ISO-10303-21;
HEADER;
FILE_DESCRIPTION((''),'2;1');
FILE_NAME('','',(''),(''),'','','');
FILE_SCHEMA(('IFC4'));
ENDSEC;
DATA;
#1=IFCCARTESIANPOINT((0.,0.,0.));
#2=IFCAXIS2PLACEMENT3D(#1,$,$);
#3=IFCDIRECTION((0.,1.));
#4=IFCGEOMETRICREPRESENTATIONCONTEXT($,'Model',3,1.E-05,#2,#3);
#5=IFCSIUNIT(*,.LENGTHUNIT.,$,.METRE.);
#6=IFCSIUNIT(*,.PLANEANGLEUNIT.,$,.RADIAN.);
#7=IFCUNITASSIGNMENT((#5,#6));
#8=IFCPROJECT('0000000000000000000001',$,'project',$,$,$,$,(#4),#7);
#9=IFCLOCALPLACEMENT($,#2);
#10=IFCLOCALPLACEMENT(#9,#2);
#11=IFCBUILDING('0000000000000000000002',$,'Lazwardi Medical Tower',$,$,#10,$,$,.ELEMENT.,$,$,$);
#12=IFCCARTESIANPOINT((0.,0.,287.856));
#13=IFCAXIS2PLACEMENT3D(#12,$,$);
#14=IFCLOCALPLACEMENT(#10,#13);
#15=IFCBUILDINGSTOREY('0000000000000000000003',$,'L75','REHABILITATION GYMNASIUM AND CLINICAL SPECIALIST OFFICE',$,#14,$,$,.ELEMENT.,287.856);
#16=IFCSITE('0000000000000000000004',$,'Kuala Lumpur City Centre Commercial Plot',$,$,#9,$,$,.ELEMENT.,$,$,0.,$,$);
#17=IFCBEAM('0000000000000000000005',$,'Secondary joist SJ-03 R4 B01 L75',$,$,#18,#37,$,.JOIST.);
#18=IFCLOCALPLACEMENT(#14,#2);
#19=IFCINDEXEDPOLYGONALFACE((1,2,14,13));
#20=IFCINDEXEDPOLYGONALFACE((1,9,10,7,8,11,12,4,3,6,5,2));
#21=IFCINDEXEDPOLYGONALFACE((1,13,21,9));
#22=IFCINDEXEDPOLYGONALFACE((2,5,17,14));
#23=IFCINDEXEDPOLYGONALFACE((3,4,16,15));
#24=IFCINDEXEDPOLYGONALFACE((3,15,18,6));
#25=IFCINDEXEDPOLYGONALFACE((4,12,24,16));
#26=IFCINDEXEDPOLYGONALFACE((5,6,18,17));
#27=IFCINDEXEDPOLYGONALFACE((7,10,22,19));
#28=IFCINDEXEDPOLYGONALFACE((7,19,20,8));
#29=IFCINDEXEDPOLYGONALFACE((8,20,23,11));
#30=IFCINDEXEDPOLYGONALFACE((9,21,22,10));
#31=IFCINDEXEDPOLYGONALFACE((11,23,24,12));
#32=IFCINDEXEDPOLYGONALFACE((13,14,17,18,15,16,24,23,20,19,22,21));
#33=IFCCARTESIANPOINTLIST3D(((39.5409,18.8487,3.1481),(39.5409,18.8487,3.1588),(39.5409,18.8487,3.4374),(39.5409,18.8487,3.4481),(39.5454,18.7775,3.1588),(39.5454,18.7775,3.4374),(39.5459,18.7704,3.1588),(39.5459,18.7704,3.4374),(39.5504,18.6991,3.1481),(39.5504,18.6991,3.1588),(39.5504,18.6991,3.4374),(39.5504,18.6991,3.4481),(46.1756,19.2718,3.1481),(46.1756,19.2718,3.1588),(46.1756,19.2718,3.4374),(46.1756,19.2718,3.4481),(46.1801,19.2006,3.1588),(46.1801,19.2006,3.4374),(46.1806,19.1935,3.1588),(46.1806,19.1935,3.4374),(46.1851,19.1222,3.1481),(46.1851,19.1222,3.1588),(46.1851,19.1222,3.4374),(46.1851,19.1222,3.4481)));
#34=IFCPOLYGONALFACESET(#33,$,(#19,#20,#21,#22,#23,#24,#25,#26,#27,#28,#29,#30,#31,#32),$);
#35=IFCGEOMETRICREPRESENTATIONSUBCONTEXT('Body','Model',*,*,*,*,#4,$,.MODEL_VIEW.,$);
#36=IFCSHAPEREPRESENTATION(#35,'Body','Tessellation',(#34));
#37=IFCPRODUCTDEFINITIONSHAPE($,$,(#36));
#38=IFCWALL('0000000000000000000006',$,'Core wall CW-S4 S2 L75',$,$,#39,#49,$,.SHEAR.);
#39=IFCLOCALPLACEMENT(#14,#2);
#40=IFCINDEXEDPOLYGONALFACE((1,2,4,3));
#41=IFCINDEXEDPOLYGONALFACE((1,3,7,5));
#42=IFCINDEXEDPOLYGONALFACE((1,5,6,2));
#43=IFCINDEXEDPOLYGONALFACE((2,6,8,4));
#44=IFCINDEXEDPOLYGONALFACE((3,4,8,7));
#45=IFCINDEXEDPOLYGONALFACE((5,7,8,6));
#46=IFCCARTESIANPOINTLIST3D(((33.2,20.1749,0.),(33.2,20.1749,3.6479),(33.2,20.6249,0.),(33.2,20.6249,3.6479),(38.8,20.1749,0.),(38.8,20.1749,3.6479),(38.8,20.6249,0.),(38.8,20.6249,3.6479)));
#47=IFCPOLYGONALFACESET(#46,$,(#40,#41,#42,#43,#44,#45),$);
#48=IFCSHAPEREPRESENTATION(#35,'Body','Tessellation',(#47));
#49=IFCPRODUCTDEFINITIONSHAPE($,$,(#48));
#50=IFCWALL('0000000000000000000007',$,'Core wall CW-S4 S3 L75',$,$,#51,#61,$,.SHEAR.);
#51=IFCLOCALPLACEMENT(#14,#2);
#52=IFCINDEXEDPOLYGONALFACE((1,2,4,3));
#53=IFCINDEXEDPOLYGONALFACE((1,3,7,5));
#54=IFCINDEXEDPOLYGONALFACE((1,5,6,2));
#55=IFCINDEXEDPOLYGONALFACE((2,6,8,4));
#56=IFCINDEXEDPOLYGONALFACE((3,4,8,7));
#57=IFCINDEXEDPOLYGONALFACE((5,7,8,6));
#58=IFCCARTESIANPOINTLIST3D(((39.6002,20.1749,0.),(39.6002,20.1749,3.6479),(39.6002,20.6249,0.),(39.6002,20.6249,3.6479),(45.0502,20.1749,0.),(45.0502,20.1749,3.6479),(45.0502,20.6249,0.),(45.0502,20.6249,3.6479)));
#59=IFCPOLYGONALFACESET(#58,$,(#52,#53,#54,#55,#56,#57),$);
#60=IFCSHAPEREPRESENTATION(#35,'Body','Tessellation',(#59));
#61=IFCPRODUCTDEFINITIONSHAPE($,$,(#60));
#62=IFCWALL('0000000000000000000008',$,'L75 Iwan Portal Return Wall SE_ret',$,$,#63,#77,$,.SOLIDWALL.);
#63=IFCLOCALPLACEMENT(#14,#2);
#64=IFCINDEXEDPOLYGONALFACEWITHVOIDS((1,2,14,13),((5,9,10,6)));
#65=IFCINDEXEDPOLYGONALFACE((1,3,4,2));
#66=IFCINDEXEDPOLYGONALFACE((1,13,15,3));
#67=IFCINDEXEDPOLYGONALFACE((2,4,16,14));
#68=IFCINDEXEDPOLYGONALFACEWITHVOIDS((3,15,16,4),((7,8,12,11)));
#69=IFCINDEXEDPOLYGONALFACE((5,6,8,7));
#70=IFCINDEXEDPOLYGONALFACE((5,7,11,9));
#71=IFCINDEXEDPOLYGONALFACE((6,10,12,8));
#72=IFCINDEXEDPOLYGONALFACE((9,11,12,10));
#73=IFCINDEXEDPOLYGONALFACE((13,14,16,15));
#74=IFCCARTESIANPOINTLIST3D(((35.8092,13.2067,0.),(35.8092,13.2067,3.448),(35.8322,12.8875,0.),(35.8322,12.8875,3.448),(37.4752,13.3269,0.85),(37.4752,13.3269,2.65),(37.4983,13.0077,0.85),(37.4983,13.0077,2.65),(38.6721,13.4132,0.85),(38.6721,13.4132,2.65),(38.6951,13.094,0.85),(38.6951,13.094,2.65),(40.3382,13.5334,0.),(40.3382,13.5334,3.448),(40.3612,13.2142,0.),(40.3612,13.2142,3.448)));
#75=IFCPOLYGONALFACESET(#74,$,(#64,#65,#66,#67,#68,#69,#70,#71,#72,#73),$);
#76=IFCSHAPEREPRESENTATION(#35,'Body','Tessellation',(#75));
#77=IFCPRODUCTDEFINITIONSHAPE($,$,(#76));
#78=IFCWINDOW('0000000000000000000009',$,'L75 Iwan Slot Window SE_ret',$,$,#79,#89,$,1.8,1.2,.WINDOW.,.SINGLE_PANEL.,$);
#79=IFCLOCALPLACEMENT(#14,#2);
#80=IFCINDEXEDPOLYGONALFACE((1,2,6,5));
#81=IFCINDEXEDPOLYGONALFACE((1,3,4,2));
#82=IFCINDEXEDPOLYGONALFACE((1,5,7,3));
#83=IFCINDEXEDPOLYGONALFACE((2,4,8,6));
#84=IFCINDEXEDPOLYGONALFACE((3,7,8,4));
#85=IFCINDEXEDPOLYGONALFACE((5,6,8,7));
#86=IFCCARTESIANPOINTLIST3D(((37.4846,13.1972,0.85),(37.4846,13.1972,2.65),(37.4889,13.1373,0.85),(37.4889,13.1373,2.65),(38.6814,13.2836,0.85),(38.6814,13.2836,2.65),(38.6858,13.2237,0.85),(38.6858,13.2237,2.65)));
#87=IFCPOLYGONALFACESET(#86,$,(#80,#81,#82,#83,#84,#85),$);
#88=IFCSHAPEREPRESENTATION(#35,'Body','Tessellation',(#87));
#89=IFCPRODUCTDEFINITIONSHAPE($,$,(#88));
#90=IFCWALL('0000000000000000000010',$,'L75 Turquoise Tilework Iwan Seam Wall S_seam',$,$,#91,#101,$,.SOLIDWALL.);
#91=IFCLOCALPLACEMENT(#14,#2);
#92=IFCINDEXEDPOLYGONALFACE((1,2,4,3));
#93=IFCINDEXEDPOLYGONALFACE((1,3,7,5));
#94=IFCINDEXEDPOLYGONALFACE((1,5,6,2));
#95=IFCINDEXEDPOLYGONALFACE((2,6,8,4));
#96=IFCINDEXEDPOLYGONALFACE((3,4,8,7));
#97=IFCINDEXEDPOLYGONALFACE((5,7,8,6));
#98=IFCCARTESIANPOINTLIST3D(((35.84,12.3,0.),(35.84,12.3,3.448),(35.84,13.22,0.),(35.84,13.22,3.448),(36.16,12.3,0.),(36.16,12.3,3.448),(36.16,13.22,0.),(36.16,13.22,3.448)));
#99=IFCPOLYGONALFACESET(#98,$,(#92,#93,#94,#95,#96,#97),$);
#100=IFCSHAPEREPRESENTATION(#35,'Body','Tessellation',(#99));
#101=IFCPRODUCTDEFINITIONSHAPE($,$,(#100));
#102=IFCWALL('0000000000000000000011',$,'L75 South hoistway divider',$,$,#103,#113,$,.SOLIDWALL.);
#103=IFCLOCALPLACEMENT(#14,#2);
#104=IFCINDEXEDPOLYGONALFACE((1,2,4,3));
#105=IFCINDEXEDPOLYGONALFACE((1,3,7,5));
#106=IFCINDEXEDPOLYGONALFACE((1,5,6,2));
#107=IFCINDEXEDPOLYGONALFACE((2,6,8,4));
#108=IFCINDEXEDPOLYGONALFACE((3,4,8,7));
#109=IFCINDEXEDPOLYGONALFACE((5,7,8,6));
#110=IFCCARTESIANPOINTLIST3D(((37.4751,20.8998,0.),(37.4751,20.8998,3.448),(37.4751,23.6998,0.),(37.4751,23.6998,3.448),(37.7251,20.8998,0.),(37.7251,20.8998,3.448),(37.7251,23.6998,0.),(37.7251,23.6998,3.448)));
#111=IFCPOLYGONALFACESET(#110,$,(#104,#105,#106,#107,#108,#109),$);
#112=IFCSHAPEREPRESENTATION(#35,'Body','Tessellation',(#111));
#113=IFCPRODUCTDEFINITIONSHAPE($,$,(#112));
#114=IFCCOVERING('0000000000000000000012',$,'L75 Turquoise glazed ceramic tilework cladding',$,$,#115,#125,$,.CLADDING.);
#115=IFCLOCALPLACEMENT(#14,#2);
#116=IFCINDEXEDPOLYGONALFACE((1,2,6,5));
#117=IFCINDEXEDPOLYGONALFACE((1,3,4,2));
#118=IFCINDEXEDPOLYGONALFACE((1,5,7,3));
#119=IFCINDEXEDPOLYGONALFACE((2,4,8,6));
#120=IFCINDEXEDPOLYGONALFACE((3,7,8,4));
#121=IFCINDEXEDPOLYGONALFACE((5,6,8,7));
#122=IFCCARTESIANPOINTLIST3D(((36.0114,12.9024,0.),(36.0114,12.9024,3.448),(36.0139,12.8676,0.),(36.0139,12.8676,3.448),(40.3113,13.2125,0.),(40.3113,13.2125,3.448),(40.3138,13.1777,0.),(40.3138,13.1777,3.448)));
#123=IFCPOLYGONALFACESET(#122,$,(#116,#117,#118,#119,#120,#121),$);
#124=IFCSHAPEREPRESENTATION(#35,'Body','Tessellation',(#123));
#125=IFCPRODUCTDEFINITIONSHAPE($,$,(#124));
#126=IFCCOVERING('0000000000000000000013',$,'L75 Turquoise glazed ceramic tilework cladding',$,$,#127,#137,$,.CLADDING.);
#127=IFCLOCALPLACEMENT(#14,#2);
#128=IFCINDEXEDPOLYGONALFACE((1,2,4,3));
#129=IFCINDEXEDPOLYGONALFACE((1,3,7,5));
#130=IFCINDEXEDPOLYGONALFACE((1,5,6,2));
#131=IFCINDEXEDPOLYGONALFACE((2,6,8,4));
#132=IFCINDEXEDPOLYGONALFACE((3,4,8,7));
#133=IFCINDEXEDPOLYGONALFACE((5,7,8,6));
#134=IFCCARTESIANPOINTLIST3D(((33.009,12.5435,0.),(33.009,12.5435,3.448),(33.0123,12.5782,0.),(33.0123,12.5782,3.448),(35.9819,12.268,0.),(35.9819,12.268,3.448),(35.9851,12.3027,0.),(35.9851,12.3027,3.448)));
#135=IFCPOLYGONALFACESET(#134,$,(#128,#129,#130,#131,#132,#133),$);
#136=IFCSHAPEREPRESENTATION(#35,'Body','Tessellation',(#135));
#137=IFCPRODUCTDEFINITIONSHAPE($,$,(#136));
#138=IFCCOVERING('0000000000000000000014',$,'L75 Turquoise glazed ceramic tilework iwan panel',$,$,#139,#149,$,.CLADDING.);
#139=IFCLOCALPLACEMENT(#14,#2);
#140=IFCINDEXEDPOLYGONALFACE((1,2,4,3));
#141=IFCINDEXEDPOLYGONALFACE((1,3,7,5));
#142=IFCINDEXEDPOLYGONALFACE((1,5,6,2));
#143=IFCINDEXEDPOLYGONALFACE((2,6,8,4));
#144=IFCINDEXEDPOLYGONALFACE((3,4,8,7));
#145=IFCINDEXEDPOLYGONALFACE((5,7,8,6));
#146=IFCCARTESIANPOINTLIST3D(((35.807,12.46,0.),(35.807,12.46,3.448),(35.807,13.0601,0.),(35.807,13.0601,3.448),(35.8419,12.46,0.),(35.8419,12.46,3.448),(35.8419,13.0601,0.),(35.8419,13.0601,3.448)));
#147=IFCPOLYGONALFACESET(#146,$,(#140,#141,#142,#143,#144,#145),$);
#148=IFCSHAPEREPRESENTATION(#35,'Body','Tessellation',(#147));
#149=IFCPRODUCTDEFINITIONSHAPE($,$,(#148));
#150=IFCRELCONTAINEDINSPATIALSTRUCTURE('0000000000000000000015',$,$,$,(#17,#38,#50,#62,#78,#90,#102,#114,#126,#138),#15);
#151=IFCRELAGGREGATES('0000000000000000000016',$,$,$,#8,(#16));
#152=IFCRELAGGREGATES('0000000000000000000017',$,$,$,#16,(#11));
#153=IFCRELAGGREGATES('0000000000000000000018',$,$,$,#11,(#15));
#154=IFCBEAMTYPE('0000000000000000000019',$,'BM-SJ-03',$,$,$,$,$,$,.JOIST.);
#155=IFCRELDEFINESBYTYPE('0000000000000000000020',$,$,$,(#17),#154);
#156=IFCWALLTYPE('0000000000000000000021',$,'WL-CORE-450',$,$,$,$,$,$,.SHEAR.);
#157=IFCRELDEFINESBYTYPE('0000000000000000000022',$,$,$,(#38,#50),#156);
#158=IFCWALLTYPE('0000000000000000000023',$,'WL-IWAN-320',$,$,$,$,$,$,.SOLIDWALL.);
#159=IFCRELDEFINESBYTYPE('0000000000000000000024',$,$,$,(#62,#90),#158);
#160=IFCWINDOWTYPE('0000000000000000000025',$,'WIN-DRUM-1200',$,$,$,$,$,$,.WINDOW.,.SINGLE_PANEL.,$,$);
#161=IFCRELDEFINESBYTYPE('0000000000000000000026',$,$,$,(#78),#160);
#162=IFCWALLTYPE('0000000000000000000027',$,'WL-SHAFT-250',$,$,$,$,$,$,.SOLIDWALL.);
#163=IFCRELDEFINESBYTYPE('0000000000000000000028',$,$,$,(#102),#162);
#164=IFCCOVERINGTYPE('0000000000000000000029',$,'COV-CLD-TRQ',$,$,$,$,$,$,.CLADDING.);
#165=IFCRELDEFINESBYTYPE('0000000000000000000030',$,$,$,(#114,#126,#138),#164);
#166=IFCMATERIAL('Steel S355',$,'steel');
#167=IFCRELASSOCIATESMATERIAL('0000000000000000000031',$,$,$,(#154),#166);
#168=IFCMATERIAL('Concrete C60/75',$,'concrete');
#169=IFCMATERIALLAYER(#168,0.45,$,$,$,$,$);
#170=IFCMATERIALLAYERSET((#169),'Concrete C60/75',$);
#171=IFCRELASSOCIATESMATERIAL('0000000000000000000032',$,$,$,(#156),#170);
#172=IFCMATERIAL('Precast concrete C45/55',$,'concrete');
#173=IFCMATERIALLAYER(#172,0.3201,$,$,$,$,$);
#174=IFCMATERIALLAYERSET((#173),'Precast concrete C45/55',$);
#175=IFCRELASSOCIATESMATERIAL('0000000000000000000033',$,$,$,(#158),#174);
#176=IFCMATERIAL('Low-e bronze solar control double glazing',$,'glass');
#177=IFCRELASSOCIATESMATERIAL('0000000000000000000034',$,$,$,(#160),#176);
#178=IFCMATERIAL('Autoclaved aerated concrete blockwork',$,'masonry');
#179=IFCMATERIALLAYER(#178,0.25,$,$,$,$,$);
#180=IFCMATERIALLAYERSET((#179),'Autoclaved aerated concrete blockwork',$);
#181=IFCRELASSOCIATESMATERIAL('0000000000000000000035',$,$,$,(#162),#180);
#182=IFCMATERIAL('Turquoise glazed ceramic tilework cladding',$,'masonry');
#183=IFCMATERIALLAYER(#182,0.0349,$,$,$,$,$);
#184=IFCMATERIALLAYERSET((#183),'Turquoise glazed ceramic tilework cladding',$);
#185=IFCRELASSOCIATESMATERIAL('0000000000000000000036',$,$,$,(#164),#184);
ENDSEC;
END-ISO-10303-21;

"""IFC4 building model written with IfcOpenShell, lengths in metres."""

from ifc_helpers import new_model, si_unit, direction, frame, frame_2d, origin, origin_2d, place, context, subcontext, project, spatial, rectangle, i_section, extrude, material, layer, layer_set, material_profile, profile_set, type_object, element, fill, save


model = new_model("IFC4")

# Units and contexts
model_context = context("Model", 3, precision=1e-05, world=origin(), true_north=direction((0.0, 1.0)))
body_context = subcontext(model_context, "Body", "Model", "MODEL_VIEW")
ifc_project = project(units=[si_unit("LENGTHUNIT", "METRE"), si_unit("PLANEANGLEUNIT", "RADIAN")], contexts=[model_context])

# Site, building, storey
site_placement = place(None, origin())
site = spatial("IfcSite", under=ifc_project, at=site_placement, Name="Kuala Lumpur City Centre Commercial Plot", CompositionType="ELEMENT", RefElevation=0.0)
building_placement = place(site_placement, origin())
building = spatial("IfcBuilding", under=site, at=building_placement, Name="Lazwardi Medical Tower", CompositionType="ELEMENT")
storey_placement = place(building_placement, frame((0.0, 0.0, 287.856)))
storey = spatial("IfcBuildingStorey", under=building, at=storey_placement, Name="L75", Description="REHABILITATION GYMNASIUM AND CLINICAL SPECIALIST OFFICE", CompositionType="ELEMENT", Elevation=287.856)

# Shared definitions
ifc_material_1 = material(Name="Concrete C60/75", Category="concrete")

# Beam
ifc_material_2 = material(Name="Steel S355", Category="steel")
ifc_material_profile_1 = material_profile(ifc_material_2, i_section(OverallWidth=0.1499, OverallDepth=0.3, WebThickness=0.0071, FlangeThickness=0.0107, at=origin_2d()), Name="IPE 300")
ifc_profile_set_1 = profile_set([ifc_material_profile_1], Name="Steel S355")
beam_type_1 = type_object("IfcBeamType", Name="BM-SJ-03", PredefinedType="JOIST", material=ifc_profile_set_1)
beam_1_placement = place(storey_placement, frame((39.5457, 18.7739, 3.2981), z_axis=(0.997973, 0.06364, 0.0), x_axis=(-0.06364, 0.997973, 0.0)))
element("IfcBeam", 1, at=beam_1_placement, inside=storey, type_object=beam_type_1, Name="Secondary joist SJ-03 R4 B01 L75", PredefinedType="JOIST", context=body_context, shape_type="SweptSolid", body=[
    extrude(i_section(OverallWidth=0.1499, OverallDepth=0.3, WebThickness=0.0071, FlangeThickness=0.0107, at=origin_2d()), origin(), (0.0, 0.0, 1.0), 6.6482),
])

# Walls
ifc_layer_1 = layer(ifc_material_1, 0.45)
ifc_layer_set_1 = layer_set([ifc_layer_1], Name="Concrete C60/75")
wall_type_1 = type_object("IfcWallType", Name="WL-CORE-450", PredefinedType="SHEAR", material=ifc_layer_set_1)
wall_1_placement = place(storey_placement, frame((33.2, 20.3999, 0.0), z_axis=(0.0, 0.0, 1.0), x_axis=(1.0, 0.0, 0.0)))
element("IfcWall", 2, at=wall_1_placement, inside=storey, type_object=wall_type_1, Name="Core wall CW-S4 S2 L75", PredefinedType="SHEAR", context=body_context, shape_type="SweptSolid", body=[
    extrude(rectangle(XDim=5.6001, YDim=0.45, at=frame_2d((2.8, 0.0))), origin(), (0.0, 0.0, 1.0), 3.6479),
])
wall_2_placement = place(storey_placement, frame((39.6001, 20.3999, 0.0), z_axis=(0.0, 0.0, 1.0), x_axis=(1.0, 0.0, 0.0)))
element("IfcWall", 3, at=wall_2_placement, inside=storey, type_object=wall_type_1, Name="Core wall CW-S4 S3 L75", PredefinedType="SHEAR", context=body_context, shape_type="SweptSolid", body=[
    extrude(rectangle(XDim=5.45, YDim=0.45, at=frame_2d((2.7251, 0.0))), origin(), (0.0, 0.0, 1.0), 3.6479),
])

# Wall, opening, window
ifc_material_3 = material(Name="Precast concrete C45/55", Category="concrete")
ifc_layer_2 = layer(ifc_material_3, 0.3201)
ifc_layer_set_2 = layer_set([ifc_layer_2], Name="Precast concrete C45/55")
wall_type_2 = type_object("IfcWallType", Name="WL-IWAN-320", PredefinedType="SOLIDWALL", material=ifc_layer_set_2)
wall_3_placement = place(storey_placement, frame((35.8206, 13.0471, 0.0), z_axis=(0.0, 0.0, 1.0), x_axis=(0.997409, 0.071939, 0.0)))
wall_3 = element("IfcWall", 4, at=wall_3_placement, inside=storey, type_object=wall_type_2, Name="L75 Iwan Portal Return Wall SE_ret", PredefinedType="SOLIDWALL", context=body_context, shape_type="SweptSolid", body=[
    extrude(rectangle(XDim=4.5408, YDim=0.3201, at=frame_2d((2.2705, 0.0))), origin(), (0.0, 0.0, 1.0), 3.448),
])
opening_placement = place(wall_3_placement, frame((1.6704, 0.0, 0.8501)))
opening = element("IfcOpeningElement", 5, at=opening_placement, cuts=wall_3, PredefinedType="OPENING", context=body_context, shape_type="SweptSolid", body=[
    extrude(rectangle(XDim=1.2, YDim=1.8, at=frame_2d((0.6001, 0.8999))), frame((0.0, 0.1699, 0.0), z_axis=(0.0, -1.0, 0.0), x_axis=(1.0, 0.0, 0.0)), (0.0, 0.0, 1.0), 0.3401),
])
ifc_material_4 = material(Name="Low-e bronze solar control double glazing", Category="glass")
window_type = type_object("IfcWindowType", Name="WIN-DRUM-1200", PartitioningType="SINGLE_PANEL", PredefinedType="WINDOW", material=ifc_material_4)
window_placement = place(opening_placement, origin())
window = element("IfcWindow", 6, at=window_placement, inside=storey, type_object=window_type, Name="L75 Iwan Slot Window SE_ret", OverallHeight=1.8, OverallWidth=1.2, PartitioningType="SINGLE_PANEL", PredefinedType="WINDOW", context=body_context, shape_type="SweptSolid", body=[
    extrude(rectangle(XDim=1.2, YDim=1.8, at=frame_2d((0.6001, 0.8999))), frame((0.0, 0.03, 0.0), z_axis=(0.0, -1.0, 0.0), x_axis=(1.0, 0.0, 0.0)), (0.0, 0.0, 1.0), 0.0601),
])
fill(opening, window)

# Walls
wall_4_placement = place(storey_placement, frame((36.0, 12.3, 0.0), z_axis=(0.0, 0.0, 1.0), x_axis=(0.0, 1.0, 0.0)))
element("IfcWall", 7, at=wall_4_placement, inside=storey, type_object=wall_type_2, Name="L75 Turquoise Tilework Iwan Seam Wall S_seam", PredefinedType="SOLIDWALL", context=body_context, shape_type="SweptSolid", body=[
    extrude(rectangle(XDim=0.9199, YDim=0.3201, at=frame_2d((0.46, 0.0))), origin(), (0.0, 0.0, 1.0), 3.448),
])
ifc_material_5 = material(Name="Autoclaved aerated concrete blockwork", Category="masonry")
ifc_layer_3 = layer(ifc_material_5, 0.25)
ifc_layer_set_3 = layer_set([ifc_layer_3], Name="Autoclaved aerated concrete blockwork")
wall_type_3 = type_object("IfcWallType", Name="WL-SHAFT-250", PredefinedType="SOLIDWALL", material=ifc_layer_set_3)
wall_5_placement = place(storey_placement, frame((37.6001, 20.8999, 0.0), z_axis=(0.0, 0.0, 1.0), x_axis=(0.0, 1.0, 0.0)))
element("IfcWall", 8, at=wall_5_placement, inside=storey, type_object=wall_type_3, Name="L75 South hoistway divider", PredefinedType="SOLIDWALL", context=body_context, shape_type="SweptSolid", body=[
    extrude(rectangle(XDim=2.8, YDim=0.25, at=frame_2d((1.3999, 0.0))), origin(), (0.0, 0.0, 1.0), 3.448),
])

# Coverings
ifc_material_6 = material(Name="Turquoise glazed ceramic tilework cladding", Category="masonry")
ifc_layer_4 = layer(ifc_material_6, 0.0349)
ifc_layer_set_4 = layer_set([ifc_layer_4], Name="Turquoise glazed ceramic tilework cladding")
covering_type = type_object("IfcCoveringType", Name="COV-CLD-TRQ", PredefinedType="CLADDING", material=ifc_layer_set_4)
covering_1_placement = place(storey_placement, frame((38.1626, 13.04, 0.0), z_axis=(0.0, 0.0, 1.0), x_axis=(0.997409, 0.071933, 0.0)))
element("IfcCovering", 9, at=covering_1_placement, inside=storey, type_object=covering_type, Name="L75 Turquoise glazed ceramic tilework cladding", PredefinedType="CLADDING", context=body_context, shape_type="SweptSolid", body=[
    extrude(rectangle(XDim=4.311, YDim=0.0349, at=origin_2d()), origin(), (0.0, 0.0, 1.0), 3.448),
])
covering_2_placement = place(storey_placement, frame((34.4971, 12.4231, 0.0), z_axis=(0.0, 0.0, 1.0), x_axis=(0.995734, -0.092275, 0.0)))
element("IfcCovering", 10, at=covering_2_placement, inside=storey, type_object=covering_type, Name="L75 Turquoise glazed ceramic tilework cladding", PredefinedType="CLADDING", context=body_context, shape_type="SweptSolid", body=[
    extrude(rectangle(XDim=2.9856, YDim=0.0349, at=origin_2d()), origin(), (0.0, 0.0, 1.0), 3.448),
])
covering_3_placement = place(storey_placement, frame((35.8245, 12.76, 0.0), z_axis=(0.0, 0.0, 1.0), x_axis=(0.0, 1.0, 0.0)))
element("IfcCovering", 11, at=covering_3_placement, inside=storey, type_object=covering_type, Name="L75 Turquoise glazed ceramic tilework iwan panel", PredefinedType="CLADDING", context=body_context, shape_type="SweptSolid", body=[
    extrude(rectangle(XDim=0.6001, YDim=0.0349, at=origin_2d()), origin(), (0.0, 0.0, 1.0), 3.448),
])

save(model, "model.ifc")
